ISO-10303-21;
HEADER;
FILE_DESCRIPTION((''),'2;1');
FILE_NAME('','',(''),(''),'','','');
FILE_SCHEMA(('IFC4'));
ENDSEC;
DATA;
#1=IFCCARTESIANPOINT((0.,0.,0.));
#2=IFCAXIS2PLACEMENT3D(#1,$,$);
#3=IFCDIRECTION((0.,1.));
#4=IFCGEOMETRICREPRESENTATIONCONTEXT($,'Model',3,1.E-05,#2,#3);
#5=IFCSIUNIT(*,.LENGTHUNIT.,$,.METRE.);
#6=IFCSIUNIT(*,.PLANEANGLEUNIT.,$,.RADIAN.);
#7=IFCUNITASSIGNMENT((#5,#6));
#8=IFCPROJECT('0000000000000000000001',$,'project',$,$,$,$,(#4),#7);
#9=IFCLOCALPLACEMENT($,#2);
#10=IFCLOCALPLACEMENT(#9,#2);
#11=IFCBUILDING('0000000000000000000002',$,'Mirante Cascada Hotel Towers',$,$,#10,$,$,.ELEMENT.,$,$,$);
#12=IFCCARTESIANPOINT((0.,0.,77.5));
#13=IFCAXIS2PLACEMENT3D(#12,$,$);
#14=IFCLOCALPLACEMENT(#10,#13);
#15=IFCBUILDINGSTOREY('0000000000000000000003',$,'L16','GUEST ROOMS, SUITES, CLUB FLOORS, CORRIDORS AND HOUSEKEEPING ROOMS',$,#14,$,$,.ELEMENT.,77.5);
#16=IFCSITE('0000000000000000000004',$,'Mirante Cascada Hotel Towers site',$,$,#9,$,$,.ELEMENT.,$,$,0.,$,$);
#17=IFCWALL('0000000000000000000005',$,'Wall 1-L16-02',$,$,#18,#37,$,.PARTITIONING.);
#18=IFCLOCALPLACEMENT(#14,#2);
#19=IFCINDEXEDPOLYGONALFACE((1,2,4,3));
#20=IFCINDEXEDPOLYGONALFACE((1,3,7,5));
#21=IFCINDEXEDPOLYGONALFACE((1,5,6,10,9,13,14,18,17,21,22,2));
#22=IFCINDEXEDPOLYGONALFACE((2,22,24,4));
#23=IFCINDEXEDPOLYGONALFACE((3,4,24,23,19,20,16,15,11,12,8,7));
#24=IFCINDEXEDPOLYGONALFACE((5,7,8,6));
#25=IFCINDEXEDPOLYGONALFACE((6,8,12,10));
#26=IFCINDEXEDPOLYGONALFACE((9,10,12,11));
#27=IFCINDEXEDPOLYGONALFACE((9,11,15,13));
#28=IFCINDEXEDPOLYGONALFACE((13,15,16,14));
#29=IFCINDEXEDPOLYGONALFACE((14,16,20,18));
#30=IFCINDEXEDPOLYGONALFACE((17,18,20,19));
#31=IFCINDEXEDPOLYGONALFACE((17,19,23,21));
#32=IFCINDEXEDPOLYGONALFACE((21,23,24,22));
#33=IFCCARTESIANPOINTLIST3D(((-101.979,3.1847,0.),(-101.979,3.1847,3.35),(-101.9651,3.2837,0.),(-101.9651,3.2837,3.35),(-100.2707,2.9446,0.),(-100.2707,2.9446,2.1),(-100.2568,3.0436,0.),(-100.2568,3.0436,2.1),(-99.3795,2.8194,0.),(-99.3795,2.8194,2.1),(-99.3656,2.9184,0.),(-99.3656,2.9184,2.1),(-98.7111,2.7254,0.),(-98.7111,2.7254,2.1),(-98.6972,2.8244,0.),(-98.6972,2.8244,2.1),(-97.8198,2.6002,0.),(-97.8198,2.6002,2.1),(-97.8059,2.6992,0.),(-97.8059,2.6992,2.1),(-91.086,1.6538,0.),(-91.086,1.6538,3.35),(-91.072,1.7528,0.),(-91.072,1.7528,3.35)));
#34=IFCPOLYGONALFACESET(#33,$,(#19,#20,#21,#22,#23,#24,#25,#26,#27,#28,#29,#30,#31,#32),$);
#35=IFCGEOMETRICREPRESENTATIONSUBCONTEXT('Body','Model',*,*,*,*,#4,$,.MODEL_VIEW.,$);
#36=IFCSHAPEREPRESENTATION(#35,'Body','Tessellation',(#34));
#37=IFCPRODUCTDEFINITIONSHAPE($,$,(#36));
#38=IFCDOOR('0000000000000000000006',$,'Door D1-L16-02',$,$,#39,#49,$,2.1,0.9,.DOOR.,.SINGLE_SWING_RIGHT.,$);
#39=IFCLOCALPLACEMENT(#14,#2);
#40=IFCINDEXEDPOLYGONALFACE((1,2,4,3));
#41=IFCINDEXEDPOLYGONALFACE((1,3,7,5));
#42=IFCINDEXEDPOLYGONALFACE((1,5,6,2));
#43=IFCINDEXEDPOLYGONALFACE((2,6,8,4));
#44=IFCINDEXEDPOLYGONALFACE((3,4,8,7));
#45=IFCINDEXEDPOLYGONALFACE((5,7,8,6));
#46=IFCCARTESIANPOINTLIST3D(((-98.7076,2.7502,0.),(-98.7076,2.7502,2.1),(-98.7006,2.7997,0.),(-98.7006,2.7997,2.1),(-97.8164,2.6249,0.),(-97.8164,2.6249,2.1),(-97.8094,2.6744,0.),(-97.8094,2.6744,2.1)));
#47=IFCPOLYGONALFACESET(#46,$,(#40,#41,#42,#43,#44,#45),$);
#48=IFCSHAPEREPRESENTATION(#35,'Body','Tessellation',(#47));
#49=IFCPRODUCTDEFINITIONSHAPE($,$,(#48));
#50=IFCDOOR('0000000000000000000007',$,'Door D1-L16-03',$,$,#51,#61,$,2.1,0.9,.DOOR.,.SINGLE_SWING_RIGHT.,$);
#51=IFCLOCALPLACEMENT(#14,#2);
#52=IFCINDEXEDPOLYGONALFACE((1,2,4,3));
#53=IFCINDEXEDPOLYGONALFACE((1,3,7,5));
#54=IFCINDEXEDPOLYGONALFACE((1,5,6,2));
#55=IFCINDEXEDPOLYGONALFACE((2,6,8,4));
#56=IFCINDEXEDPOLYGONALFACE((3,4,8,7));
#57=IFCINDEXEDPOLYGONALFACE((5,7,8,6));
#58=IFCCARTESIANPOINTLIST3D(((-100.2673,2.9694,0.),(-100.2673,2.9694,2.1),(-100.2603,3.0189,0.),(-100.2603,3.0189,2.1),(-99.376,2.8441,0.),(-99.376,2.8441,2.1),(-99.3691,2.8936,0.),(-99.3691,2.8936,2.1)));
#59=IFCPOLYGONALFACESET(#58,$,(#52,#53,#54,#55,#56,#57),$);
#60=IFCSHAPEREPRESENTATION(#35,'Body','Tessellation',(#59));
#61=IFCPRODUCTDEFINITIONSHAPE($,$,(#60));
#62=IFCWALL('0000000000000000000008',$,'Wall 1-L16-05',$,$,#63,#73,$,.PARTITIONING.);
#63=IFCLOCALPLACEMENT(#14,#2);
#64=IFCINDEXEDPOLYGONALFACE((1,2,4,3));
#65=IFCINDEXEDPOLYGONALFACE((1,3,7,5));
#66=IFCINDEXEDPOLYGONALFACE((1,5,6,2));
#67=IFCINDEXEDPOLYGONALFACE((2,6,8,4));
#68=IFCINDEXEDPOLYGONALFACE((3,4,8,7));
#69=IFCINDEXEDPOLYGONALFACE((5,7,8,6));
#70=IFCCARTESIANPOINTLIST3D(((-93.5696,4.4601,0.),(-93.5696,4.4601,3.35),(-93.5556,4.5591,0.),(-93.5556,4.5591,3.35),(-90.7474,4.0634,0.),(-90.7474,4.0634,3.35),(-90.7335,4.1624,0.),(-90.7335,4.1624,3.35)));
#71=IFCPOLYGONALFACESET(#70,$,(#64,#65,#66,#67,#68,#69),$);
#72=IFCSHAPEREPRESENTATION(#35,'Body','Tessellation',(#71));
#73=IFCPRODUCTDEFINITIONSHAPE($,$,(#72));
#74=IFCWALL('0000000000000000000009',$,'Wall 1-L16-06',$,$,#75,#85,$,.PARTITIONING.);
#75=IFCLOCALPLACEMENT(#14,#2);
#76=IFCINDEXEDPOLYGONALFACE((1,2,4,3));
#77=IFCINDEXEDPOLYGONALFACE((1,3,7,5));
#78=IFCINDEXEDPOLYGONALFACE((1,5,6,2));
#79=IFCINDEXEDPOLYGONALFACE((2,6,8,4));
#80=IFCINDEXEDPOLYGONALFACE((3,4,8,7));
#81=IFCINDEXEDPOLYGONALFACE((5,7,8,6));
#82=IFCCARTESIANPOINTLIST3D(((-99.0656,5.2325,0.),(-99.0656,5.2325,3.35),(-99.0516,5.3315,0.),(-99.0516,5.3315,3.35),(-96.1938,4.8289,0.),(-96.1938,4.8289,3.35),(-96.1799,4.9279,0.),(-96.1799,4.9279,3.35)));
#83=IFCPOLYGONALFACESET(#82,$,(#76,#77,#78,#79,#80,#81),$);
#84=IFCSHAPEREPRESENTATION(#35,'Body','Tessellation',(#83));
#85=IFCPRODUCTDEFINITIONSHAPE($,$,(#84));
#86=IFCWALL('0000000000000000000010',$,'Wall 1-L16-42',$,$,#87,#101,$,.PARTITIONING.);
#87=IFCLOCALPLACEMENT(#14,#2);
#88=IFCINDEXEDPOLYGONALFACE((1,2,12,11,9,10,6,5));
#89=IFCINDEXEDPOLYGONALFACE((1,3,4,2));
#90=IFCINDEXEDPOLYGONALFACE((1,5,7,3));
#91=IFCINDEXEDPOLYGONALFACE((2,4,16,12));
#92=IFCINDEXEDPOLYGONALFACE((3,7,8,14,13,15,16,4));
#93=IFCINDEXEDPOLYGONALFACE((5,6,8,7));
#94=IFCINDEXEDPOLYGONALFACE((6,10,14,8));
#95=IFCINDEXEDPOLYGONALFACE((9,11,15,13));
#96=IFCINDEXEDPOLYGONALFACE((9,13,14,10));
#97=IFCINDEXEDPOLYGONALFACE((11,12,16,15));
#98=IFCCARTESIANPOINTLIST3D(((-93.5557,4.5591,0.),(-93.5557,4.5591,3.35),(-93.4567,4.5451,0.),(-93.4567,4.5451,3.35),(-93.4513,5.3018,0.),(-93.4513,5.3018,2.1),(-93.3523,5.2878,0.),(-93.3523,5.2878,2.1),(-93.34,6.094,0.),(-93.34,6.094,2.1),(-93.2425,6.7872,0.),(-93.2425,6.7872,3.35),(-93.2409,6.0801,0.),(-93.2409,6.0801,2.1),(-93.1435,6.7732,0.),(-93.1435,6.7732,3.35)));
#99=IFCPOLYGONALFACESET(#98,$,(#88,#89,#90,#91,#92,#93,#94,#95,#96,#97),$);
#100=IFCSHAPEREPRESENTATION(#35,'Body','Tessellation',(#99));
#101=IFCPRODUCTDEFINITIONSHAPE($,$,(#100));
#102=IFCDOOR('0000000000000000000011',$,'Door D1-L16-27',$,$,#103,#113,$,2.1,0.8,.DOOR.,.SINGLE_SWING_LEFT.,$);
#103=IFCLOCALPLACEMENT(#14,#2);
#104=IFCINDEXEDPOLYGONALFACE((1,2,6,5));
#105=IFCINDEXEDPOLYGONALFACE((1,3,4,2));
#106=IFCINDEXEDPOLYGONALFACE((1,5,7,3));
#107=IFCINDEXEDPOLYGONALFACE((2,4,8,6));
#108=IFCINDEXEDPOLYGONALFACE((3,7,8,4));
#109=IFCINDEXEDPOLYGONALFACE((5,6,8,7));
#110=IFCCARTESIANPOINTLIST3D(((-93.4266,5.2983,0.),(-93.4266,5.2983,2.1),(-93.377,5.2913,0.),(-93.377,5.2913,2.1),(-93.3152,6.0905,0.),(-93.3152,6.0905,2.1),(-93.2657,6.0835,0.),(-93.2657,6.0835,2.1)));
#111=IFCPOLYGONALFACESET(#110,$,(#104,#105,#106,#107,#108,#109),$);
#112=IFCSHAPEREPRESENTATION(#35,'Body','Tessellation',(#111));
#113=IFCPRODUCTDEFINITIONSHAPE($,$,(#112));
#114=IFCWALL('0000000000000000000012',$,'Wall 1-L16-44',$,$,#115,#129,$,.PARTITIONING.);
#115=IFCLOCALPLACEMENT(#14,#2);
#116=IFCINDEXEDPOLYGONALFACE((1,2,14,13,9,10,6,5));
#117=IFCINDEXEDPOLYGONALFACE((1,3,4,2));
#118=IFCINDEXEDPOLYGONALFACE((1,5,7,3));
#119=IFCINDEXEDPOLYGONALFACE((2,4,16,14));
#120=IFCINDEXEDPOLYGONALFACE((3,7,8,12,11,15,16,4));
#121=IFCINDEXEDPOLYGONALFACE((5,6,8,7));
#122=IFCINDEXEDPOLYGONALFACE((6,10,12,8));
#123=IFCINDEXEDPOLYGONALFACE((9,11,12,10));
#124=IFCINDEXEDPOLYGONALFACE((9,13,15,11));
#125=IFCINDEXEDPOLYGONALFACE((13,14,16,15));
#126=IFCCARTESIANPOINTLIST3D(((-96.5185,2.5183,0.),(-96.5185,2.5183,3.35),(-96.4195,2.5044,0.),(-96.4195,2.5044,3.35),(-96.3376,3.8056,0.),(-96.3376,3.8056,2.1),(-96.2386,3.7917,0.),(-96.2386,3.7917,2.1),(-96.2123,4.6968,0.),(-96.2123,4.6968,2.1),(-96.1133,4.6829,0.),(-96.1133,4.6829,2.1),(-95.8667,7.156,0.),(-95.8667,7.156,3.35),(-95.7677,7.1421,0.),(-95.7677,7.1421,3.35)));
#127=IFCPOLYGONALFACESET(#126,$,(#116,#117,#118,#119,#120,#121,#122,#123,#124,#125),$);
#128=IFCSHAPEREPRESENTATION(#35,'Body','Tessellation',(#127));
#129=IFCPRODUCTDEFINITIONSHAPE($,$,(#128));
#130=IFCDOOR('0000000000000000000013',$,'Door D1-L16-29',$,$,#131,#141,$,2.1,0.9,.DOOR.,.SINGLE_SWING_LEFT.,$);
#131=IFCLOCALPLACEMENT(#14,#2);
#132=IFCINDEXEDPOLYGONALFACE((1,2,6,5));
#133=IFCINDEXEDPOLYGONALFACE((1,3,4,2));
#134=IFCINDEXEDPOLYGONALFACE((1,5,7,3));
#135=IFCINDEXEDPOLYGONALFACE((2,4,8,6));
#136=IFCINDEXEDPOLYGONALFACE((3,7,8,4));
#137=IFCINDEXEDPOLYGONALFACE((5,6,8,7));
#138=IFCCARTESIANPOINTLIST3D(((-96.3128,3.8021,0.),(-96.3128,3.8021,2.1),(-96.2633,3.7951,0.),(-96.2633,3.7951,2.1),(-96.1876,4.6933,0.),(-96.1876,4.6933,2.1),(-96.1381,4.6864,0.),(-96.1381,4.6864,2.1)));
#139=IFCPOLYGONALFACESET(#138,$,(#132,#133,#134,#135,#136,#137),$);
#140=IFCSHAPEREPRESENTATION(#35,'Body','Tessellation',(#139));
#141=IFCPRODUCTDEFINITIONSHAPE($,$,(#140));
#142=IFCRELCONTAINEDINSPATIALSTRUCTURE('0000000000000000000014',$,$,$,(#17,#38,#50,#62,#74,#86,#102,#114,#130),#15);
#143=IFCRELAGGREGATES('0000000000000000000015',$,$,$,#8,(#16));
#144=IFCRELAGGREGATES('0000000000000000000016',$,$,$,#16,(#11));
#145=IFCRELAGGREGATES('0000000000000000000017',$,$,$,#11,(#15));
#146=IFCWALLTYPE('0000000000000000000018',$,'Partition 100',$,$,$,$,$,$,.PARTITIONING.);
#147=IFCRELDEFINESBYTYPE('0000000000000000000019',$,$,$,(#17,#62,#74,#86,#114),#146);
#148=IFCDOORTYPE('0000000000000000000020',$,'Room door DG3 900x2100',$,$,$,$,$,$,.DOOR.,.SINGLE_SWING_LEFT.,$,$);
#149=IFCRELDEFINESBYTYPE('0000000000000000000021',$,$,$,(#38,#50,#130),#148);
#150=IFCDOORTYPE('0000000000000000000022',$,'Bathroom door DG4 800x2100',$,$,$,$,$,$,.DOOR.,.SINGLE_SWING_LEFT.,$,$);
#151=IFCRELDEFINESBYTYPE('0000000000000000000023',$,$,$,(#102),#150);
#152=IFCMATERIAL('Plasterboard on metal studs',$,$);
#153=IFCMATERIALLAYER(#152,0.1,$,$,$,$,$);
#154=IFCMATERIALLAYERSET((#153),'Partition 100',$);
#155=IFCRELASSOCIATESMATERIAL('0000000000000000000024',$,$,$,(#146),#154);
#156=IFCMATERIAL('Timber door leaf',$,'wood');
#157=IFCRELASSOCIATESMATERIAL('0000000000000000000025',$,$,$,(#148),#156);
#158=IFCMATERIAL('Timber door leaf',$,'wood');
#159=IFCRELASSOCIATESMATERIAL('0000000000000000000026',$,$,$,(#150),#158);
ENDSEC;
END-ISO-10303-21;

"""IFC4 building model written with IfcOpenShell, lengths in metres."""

from ifc_helpers import new_model, si_unit, direction, frame, frame_2d, origin, place, context, subcontext, project, spatial, rectangle, extrude, material, layer, layer_set, type_object, element, fill, save


model = new_model("IFC4")

# Units and contexts
model_context = context("Model", 3, precision=1e-05, world=origin(), true_north=direction((0.0, 1.0)))
body_context = subcontext(model_context, "Body", "Model", "MODEL_VIEW")
ifc_project = project(units=[si_unit("LENGTHUNIT", "METRE"), si_unit("PLANEANGLEUNIT", "RADIAN")], contexts=[model_context])

# Site, building, storey
site_placement = place(None, origin())
site = spatial("IfcSite", under=ifc_project, at=site_placement, Name="Mirante Cascada Hotel Towers site", CompositionType="ELEMENT", RefElevation=0.0)
building_placement = place(site_placement, origin())
building = spatial("IfcBuilding", under=site, at=building_placement, Name="Mirante Cascada Hotel Towers", CompositionType="ELEMENT")
storey_placement = place(building_placement, frame((0.0, 0.0, 77.5)))
storey = spatial("IfcBuildingStorey", under=building, at=storey_placement, Name="L16", Description="GUEST ROOMS, SUITES, CLUB FLOORS, CORRIDORS AND HOUSEKEEPING ROOMS", CompositionType="ELEMENT", Elevation=77.5)

# Wall, openings, doors
ifc_material_1 = material(Name="Plasterboard on metal studs")
ifc_layer_1 = layer(ifc_material_1, 0.1)
ifc_layer_set_1 = layer_set([ifc_layer_1], Name="Partition 100")
wall_type_1 = type_object("IfcWallType", Name="Partition 100", PredefinedType="PARTITIONING", material=ifc_layer_set_1)
wall_1_placement = place(storey_placement, frame((-101.972, 3.2342, 0.0), z_axis=(0.0, 0.0, 1.0), x_axis=(0.990268, -0.139172, 0.0)))
wall_1 = element("IfcWall", 1, at=wall_1_placement, inside=storey, type_object=wall_type_1, Name="Wall 1-L16-02", PredefinedType="PARTITIONING", context=body_context, shape_type="SweptSolid", body=[
    extrude(rectangle(XDim=11.0001, YDim=0.1, at=frame_2d((5.5, 0.0))), origin(), (0.0, 0.0, 1.0), 3.35),
])
opening_1_placement = place(wall_1_placement, frame((3.3, 0.0, 0.0)))
opening_1 = element("IfcOpeningElement", 2, at=opening_1_placement, cuts=wall_1, PredefinedType="OPENING", context=body_context, shape_type="SweptSolid", body=[
    extrude(rectangle(XDim=0.9, YDim=2.1, at=frame_2d((0.45, 1.05))), frame((0.0, 0.05, 0.0), z_axis=(0.0, -1.0, 0.0), x_axis=(1.0, 0.0, 0.0)), (0.0, 0.0, 1.0), 0.1),
])
opening_2_placement = place(wall_1_placement, frame((1.725, 0.0, 0.0)))
opening_2 = element("IfcOpeningElement", 3, at=opening_2_placement, cuts=wall_1, PredefinedType="OPENING", context=body_context, shape_type="SweptSolid", body=[
    extrude(rectangle(XDim=0.9, YDim=2.1, at=frame_2d((0.45, 1.05))), frame((0.0, 0.05, 0.0), z_axis=(0.0, -1.0, 0.0), x_axis=(1.0, 0.0, 0.0)), (0.0, 0.0, 1.0), 0.1),
])
ifc_material_2 = material(Name="Timber door leaf", Category="wood")
door_type_1 = type_object("IfcDoorType", Name="Room door DG3 900x2100", OperationType="SINGLE_SWING_LEFT", PredefinedType="DOOR", material=ifc_material_2)
door_1_placement = place(opening_1_placement, frame((0.9, 0.0, 0.0), z_axis=(0.0, 0.0, 1.0), x_axis=(-1.0, 0.0, 0.0)))
door_1 = element("IfcDoor", 4, at=door_1_placement, inside=storey, type_object=door_type_1, Name="Door D1-L16-02", OperationType="SINGLE_SWING_RIGHT", OverallHeight=2.1, OverallWidth=0.9, PredefinedType="DOOR", context=body_context, shape_type="SweptSolid", body=[
    extrude(rectangle(XDim=0.9, YDim=2.1, at=frame_2d((0.45, 1.05))), frame((0.0, 0.025, 0.0), z_axis=(0.0, -1.0, 0.0), x_axis=(1.0, 0.0, 0.0)), (0.0, 0.0, 1.0), 0.05),
])
fill(opening_1, door_1)
door_2_placement = place(opening_2_placement, frame((0.9, 0.0, 0.0), z_axis=(0.0, 0.0, 1.0), x_axis=(-1.0, 0.0, 0.0)))
door_2 = element("IfcDoor", 5, at=door_2_placement, inside=storey, type_object=door_type_1, Name="Door D1-L16-03", OperationType="SINGLE_SWING_RIGHT", OverallHeight=2.1, OverallWidth=0.9, PredefinedType="DOOR", context=body_context, shape_type="SweptSolid", body=[
    extrude(rectangle(XDim=0.9, YDim=2.1, at=frame_2d((0.45, 1.05))), frame((0.0, 0.025, 0.0), z_axis=(0.0, -1.0, 0.0), x_axis=(1.0, 0.0, 0.0)), (0.0, 0.0, 1.0), 0.05),
])
fill(opening_2, door_2)

# Walls
wall_2_placement = place(storey_placement, frame((-90.7404, 4.1129, 0.0), z_axis=(0.0, 0.0, 1.0), x_axis=(-0.990265, 0.139196, 0.0)))
element("IfcWall", 6, at=wall_2_placement, inside=storey, type_object=wall_type_1, Name="Wall 1-L16-05", PredefinedType="PARTITIONING", context=body_context, shape_type="SweptSolid", body=[
    extrude(rectangle(XDim=2.8499, YDim=0.1, at=frame_2d((1.425, 0.0))), origin(), (0.0, 0.0, 1.0), 3.35),
])
wall_3_placement = place(storey_placement, frame((-99.0586, 5.282, 0.0), z_axis=(0.0, 0.0, 1.0), x_axis=(0.990268, -0.139171, 0.0)))
element("IfcWall", 7, at=wall_3_placement, inside=storey, type_object=wall_type_1, Name="Wall 1-L16-06", PredefinedType="PARTITIONING", context=body_context, shape_type="SweptSolid", body=[
    extrude(rectangle(XDim=2.9, YDim=0.1, at=frame_2d((1.45, 0.0))), origin(), (0.0, 0.0, 1.0), 3.35),
])

# Walls, openings, doors
wall_4_placement = place(storey_placement, frame((-93.193, 6.7802, 0.0), z_axis=(0.0, 0.0, 1.0), x_axis=(-0.1392, -0.990264, 0.0)))
wall_4 = element("IfcWall", 8, at=wall_4_placement, inside=storey, type_object=wall_type_1, Name="Wall 1-L16-42", PredefinedType="PARTITIONING", context=body_context, shape_type="SweptSolid", body=[
    extrude(rectangle(XDim=2.25, YDim=0.1, at=frame_2d((1.125, 0.0))), origin(), (0.0, 0.0, 1.0), 3.35),
])
opening_3_placement = place(wall_4_placement, frame((0.7, 0.0, 0.0)))
opening_3 = element("IfcOpeningElement", 9, at=opening_3_placement, cuts=wall_4, PredefinedType="OPENING", context=body_context, shape_type="SweptSolid", body=[
    extrude(rectangle(XDim=0.8, YDim=2.1, at=frame_2d((0.4, 1.05))), frame((0.0, 0.05, 0.0), z_axis=(0.0, -1.0, 0.0), x_axis=(1.0, 0.0, 0.0)), (0.0, 0.0, 1.0), 0.1),
])
ifc_material_3 = material(Name="Timber door leaf", Category="wood")
door_type_2 = type_object("IfcDoorType", Name="Bathroom door DG4 800x2100", OperationType="SINGLE_SWING_LEFT", PredefinedType="DOOR", material=ifc_material_3)
door_3_placement = place(opening_3_placement, origin())
door_3 = element("IfcDoor", 10, at=door_3_placement, inside=storey, type_object=door_type_2, Name="Door D1-L16-27", OperationType="SINGLE_SWING_LEFT", OverallHeight=2.1, OverallWidth=0.8, PredefinedType="DOOR", context=body_context, shape_type="SweptSolid", body=[
    extrude(rectangle(XDim=0.8, YDim=2.1, at=frame_2d((0.4, 1.05))), frame((0.0, 0.025, 0.0), z_axis=(0.0, -1.0, 0.0), x_axis=(1.0, 0.0, 0.0)), (0.0, 0.0, 1.0), 0.05),
])
fill(opening_3, door_3)
wall_5_placement = place(storey_placement, frame((-95.8172, 7.149, 0.0), z_axis=(0.0, 0.0, 1.0), x_axis=(-0.139176, -0.990268, 0.0)))
wall_5 = element("IfcWall", 11, at=wall_5_placement, inside=storey, type_object=wall_type_1, Name="Wall 1-L16-44", PredefinedType="PARTITIONING", context=body_context, shape_type="SweptSolid", body=[
    extrude(rectangle(XDim=4.6833, YDim=0.1, at=frame_2d((2.3416, 0.0))), origin(), (0.0, 0.0, 1.0), 3.35),
])
opening_4_placement = place(wall_5_placement, frame((2.4833, 0.0, 0.0)))
opening_4 = element("IfcOpeningElement", 12, at=opening_4_placement, cuts=wall_5, PredefinedType="OPENING", context=body_context, shape_type="SweptSolid", body=[
    extrude(rectangle(XDim=0.9, YDim=2.1, at=frame_2d((0.45, 1.05))), frame((0.0, 0.05, 0.0), z_axis=(0.0, -1.0, 0.0), x_axis=(1.0, 0.0, 0.0)), (0.0, 0.0, 1.0), 0.1),
])
door_4_placement = place(opening_4_placement, origin())
door_4 = element("IfcDoor", 13, at=door_4_placement, inside=storey, type_object=door_type_1, Name="Door D1-L16-29", OperationType="SINGLE_SWING_LEFT", OverallHeight=2.1, OverallWidth=0.9, PredefinedType="DOOR", context=body_context, shape_type="SweptSolid", body=[
    extrude(rectangle(XDim=0.9, YDim=2.1, at=frame_2d((0.45, 1.05))), frame((0.0, 0.025, 0.0), z_axis=(0.0, -1.0, 0.0), x_axis=(1.0, 0.0, 0.0)), (0.0, 0.0, 1.0), 0.05),
])
fill(opening_4, door_4)

save(model, "model.ifc")
